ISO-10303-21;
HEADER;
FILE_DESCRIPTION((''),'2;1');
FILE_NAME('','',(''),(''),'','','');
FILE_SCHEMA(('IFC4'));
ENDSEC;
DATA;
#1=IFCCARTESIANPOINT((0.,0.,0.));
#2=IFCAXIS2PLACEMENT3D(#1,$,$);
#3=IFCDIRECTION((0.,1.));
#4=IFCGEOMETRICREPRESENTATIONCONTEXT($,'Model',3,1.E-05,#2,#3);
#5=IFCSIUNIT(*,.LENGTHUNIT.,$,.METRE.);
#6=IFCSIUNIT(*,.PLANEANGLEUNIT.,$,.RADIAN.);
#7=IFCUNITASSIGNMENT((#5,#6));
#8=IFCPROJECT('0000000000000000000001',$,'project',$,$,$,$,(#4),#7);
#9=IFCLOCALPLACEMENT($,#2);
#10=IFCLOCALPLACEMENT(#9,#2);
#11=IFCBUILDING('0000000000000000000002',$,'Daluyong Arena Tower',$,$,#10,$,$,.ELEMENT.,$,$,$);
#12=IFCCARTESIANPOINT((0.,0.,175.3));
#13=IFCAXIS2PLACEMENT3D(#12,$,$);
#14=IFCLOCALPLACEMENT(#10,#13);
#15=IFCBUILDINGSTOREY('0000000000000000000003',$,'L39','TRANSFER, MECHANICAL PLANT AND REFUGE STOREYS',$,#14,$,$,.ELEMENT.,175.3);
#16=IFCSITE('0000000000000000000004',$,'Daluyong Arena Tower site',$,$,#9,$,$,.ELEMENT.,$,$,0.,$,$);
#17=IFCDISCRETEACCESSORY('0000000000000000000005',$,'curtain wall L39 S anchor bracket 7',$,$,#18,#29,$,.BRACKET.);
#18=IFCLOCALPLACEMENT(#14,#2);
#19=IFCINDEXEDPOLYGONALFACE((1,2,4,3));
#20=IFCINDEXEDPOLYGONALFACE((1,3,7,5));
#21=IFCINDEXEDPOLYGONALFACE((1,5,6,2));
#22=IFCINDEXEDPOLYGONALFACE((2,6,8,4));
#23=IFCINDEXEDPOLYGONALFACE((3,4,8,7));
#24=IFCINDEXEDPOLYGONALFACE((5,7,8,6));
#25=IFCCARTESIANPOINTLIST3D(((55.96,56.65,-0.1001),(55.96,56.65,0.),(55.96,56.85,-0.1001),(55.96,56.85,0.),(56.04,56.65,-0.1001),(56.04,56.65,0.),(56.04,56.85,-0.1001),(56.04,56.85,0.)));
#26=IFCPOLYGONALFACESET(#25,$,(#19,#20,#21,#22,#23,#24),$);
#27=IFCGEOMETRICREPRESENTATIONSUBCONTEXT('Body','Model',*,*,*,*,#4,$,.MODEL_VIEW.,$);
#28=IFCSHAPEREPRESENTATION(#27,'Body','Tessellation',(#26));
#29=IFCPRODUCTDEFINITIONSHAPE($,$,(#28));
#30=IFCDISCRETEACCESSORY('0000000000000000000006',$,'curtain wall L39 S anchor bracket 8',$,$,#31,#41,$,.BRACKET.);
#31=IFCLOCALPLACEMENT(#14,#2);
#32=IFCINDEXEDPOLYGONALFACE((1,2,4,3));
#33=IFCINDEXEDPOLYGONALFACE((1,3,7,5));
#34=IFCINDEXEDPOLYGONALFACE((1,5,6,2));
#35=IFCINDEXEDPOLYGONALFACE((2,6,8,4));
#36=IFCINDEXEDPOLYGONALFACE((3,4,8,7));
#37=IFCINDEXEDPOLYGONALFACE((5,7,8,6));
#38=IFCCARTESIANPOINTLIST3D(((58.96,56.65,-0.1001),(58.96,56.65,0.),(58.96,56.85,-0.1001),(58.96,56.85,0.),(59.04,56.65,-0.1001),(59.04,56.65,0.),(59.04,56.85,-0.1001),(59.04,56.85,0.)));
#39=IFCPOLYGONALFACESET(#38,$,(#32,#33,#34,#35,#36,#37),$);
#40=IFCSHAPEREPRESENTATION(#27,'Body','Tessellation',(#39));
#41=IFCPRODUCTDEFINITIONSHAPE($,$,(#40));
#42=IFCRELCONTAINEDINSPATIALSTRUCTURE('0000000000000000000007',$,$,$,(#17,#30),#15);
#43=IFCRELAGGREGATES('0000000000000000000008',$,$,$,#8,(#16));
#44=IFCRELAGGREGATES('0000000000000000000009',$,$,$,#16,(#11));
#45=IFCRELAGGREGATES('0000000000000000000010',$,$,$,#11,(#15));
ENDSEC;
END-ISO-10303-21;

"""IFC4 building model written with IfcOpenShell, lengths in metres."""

from ifc_helpers import new_model, si_unit, direction, frame, origin, origin_2d, place, context, subcontext, project, spatial, rectangle, extrude, element, save


model = new_model("IFC4")

# Units and contexts
model_context = context("Model", 3, precision=1e-05, world=origin(), true_north=direction((0.0, 1.0)))
body_context = subcontext(model_context, "Body", "Model", "MODEL_VIEW")
ifc_project = project(units=[si_unit("LENGTHUNIT", "METRE"), si_unit("PLANEANGLEUNIT", "RADIAN")], contexts=[model_context])

# Site, building, storey
site_placement = place(None, origin())
site = spatial("IfcSite", under=ifc_project, at=site_placement, Name="Daluyong Arena Tower site", CompositionType="ELEMENT", RefElevation=0.0)
building_placement = place(site_placement, origin())
building = spatial("IfcBuilding", under=site, at=building_placement, Name="Daluyong Arena Tower", CompositionType="ELEMENT")
storey_placement = place(building_placement, frame((0.0, 0.0, 175.3)))
storey = spatial("IfcBuildingStorey", under=building, at=storey_placement, Name="L39", Description="TRANSFER, MECHANICAL PLANT AND REFUGE STOREYS", CompositionType="ELEMENT", Elevation=175.3)

# Discrete accessories
for number, where, z_axis, x_axis, name in (
    (1, (56.0, 56.75, -0.1001), (0.0, 0.0, 1.0), (1.0, 0.0, 0.0), "curtain wall L39 S anchor bracket 7"),
    (2, (59.0, 56.75, -0.1001), (0.0, 0.0, 1.0), (1.0, 0.0, 0.0), "curtain wall L39 S anchor bracket 8"),
):
    element("IfcDiscreteAccessory", number, at=place(storey_placement, frame(where, z_axis=z_axis, x_axis=x_axis)), inside=storey, Name=name, PredefinedType="BRACKET", context=body_context, shape_type="SweptSolid", body=[
        extrude(rectangle(XDim=0.0801, YDim=0.2, at=origin_2d()), origin(), (0.0, 0.0, 1.0), 0.1001),
    ])

save(model, "model.ifc")
